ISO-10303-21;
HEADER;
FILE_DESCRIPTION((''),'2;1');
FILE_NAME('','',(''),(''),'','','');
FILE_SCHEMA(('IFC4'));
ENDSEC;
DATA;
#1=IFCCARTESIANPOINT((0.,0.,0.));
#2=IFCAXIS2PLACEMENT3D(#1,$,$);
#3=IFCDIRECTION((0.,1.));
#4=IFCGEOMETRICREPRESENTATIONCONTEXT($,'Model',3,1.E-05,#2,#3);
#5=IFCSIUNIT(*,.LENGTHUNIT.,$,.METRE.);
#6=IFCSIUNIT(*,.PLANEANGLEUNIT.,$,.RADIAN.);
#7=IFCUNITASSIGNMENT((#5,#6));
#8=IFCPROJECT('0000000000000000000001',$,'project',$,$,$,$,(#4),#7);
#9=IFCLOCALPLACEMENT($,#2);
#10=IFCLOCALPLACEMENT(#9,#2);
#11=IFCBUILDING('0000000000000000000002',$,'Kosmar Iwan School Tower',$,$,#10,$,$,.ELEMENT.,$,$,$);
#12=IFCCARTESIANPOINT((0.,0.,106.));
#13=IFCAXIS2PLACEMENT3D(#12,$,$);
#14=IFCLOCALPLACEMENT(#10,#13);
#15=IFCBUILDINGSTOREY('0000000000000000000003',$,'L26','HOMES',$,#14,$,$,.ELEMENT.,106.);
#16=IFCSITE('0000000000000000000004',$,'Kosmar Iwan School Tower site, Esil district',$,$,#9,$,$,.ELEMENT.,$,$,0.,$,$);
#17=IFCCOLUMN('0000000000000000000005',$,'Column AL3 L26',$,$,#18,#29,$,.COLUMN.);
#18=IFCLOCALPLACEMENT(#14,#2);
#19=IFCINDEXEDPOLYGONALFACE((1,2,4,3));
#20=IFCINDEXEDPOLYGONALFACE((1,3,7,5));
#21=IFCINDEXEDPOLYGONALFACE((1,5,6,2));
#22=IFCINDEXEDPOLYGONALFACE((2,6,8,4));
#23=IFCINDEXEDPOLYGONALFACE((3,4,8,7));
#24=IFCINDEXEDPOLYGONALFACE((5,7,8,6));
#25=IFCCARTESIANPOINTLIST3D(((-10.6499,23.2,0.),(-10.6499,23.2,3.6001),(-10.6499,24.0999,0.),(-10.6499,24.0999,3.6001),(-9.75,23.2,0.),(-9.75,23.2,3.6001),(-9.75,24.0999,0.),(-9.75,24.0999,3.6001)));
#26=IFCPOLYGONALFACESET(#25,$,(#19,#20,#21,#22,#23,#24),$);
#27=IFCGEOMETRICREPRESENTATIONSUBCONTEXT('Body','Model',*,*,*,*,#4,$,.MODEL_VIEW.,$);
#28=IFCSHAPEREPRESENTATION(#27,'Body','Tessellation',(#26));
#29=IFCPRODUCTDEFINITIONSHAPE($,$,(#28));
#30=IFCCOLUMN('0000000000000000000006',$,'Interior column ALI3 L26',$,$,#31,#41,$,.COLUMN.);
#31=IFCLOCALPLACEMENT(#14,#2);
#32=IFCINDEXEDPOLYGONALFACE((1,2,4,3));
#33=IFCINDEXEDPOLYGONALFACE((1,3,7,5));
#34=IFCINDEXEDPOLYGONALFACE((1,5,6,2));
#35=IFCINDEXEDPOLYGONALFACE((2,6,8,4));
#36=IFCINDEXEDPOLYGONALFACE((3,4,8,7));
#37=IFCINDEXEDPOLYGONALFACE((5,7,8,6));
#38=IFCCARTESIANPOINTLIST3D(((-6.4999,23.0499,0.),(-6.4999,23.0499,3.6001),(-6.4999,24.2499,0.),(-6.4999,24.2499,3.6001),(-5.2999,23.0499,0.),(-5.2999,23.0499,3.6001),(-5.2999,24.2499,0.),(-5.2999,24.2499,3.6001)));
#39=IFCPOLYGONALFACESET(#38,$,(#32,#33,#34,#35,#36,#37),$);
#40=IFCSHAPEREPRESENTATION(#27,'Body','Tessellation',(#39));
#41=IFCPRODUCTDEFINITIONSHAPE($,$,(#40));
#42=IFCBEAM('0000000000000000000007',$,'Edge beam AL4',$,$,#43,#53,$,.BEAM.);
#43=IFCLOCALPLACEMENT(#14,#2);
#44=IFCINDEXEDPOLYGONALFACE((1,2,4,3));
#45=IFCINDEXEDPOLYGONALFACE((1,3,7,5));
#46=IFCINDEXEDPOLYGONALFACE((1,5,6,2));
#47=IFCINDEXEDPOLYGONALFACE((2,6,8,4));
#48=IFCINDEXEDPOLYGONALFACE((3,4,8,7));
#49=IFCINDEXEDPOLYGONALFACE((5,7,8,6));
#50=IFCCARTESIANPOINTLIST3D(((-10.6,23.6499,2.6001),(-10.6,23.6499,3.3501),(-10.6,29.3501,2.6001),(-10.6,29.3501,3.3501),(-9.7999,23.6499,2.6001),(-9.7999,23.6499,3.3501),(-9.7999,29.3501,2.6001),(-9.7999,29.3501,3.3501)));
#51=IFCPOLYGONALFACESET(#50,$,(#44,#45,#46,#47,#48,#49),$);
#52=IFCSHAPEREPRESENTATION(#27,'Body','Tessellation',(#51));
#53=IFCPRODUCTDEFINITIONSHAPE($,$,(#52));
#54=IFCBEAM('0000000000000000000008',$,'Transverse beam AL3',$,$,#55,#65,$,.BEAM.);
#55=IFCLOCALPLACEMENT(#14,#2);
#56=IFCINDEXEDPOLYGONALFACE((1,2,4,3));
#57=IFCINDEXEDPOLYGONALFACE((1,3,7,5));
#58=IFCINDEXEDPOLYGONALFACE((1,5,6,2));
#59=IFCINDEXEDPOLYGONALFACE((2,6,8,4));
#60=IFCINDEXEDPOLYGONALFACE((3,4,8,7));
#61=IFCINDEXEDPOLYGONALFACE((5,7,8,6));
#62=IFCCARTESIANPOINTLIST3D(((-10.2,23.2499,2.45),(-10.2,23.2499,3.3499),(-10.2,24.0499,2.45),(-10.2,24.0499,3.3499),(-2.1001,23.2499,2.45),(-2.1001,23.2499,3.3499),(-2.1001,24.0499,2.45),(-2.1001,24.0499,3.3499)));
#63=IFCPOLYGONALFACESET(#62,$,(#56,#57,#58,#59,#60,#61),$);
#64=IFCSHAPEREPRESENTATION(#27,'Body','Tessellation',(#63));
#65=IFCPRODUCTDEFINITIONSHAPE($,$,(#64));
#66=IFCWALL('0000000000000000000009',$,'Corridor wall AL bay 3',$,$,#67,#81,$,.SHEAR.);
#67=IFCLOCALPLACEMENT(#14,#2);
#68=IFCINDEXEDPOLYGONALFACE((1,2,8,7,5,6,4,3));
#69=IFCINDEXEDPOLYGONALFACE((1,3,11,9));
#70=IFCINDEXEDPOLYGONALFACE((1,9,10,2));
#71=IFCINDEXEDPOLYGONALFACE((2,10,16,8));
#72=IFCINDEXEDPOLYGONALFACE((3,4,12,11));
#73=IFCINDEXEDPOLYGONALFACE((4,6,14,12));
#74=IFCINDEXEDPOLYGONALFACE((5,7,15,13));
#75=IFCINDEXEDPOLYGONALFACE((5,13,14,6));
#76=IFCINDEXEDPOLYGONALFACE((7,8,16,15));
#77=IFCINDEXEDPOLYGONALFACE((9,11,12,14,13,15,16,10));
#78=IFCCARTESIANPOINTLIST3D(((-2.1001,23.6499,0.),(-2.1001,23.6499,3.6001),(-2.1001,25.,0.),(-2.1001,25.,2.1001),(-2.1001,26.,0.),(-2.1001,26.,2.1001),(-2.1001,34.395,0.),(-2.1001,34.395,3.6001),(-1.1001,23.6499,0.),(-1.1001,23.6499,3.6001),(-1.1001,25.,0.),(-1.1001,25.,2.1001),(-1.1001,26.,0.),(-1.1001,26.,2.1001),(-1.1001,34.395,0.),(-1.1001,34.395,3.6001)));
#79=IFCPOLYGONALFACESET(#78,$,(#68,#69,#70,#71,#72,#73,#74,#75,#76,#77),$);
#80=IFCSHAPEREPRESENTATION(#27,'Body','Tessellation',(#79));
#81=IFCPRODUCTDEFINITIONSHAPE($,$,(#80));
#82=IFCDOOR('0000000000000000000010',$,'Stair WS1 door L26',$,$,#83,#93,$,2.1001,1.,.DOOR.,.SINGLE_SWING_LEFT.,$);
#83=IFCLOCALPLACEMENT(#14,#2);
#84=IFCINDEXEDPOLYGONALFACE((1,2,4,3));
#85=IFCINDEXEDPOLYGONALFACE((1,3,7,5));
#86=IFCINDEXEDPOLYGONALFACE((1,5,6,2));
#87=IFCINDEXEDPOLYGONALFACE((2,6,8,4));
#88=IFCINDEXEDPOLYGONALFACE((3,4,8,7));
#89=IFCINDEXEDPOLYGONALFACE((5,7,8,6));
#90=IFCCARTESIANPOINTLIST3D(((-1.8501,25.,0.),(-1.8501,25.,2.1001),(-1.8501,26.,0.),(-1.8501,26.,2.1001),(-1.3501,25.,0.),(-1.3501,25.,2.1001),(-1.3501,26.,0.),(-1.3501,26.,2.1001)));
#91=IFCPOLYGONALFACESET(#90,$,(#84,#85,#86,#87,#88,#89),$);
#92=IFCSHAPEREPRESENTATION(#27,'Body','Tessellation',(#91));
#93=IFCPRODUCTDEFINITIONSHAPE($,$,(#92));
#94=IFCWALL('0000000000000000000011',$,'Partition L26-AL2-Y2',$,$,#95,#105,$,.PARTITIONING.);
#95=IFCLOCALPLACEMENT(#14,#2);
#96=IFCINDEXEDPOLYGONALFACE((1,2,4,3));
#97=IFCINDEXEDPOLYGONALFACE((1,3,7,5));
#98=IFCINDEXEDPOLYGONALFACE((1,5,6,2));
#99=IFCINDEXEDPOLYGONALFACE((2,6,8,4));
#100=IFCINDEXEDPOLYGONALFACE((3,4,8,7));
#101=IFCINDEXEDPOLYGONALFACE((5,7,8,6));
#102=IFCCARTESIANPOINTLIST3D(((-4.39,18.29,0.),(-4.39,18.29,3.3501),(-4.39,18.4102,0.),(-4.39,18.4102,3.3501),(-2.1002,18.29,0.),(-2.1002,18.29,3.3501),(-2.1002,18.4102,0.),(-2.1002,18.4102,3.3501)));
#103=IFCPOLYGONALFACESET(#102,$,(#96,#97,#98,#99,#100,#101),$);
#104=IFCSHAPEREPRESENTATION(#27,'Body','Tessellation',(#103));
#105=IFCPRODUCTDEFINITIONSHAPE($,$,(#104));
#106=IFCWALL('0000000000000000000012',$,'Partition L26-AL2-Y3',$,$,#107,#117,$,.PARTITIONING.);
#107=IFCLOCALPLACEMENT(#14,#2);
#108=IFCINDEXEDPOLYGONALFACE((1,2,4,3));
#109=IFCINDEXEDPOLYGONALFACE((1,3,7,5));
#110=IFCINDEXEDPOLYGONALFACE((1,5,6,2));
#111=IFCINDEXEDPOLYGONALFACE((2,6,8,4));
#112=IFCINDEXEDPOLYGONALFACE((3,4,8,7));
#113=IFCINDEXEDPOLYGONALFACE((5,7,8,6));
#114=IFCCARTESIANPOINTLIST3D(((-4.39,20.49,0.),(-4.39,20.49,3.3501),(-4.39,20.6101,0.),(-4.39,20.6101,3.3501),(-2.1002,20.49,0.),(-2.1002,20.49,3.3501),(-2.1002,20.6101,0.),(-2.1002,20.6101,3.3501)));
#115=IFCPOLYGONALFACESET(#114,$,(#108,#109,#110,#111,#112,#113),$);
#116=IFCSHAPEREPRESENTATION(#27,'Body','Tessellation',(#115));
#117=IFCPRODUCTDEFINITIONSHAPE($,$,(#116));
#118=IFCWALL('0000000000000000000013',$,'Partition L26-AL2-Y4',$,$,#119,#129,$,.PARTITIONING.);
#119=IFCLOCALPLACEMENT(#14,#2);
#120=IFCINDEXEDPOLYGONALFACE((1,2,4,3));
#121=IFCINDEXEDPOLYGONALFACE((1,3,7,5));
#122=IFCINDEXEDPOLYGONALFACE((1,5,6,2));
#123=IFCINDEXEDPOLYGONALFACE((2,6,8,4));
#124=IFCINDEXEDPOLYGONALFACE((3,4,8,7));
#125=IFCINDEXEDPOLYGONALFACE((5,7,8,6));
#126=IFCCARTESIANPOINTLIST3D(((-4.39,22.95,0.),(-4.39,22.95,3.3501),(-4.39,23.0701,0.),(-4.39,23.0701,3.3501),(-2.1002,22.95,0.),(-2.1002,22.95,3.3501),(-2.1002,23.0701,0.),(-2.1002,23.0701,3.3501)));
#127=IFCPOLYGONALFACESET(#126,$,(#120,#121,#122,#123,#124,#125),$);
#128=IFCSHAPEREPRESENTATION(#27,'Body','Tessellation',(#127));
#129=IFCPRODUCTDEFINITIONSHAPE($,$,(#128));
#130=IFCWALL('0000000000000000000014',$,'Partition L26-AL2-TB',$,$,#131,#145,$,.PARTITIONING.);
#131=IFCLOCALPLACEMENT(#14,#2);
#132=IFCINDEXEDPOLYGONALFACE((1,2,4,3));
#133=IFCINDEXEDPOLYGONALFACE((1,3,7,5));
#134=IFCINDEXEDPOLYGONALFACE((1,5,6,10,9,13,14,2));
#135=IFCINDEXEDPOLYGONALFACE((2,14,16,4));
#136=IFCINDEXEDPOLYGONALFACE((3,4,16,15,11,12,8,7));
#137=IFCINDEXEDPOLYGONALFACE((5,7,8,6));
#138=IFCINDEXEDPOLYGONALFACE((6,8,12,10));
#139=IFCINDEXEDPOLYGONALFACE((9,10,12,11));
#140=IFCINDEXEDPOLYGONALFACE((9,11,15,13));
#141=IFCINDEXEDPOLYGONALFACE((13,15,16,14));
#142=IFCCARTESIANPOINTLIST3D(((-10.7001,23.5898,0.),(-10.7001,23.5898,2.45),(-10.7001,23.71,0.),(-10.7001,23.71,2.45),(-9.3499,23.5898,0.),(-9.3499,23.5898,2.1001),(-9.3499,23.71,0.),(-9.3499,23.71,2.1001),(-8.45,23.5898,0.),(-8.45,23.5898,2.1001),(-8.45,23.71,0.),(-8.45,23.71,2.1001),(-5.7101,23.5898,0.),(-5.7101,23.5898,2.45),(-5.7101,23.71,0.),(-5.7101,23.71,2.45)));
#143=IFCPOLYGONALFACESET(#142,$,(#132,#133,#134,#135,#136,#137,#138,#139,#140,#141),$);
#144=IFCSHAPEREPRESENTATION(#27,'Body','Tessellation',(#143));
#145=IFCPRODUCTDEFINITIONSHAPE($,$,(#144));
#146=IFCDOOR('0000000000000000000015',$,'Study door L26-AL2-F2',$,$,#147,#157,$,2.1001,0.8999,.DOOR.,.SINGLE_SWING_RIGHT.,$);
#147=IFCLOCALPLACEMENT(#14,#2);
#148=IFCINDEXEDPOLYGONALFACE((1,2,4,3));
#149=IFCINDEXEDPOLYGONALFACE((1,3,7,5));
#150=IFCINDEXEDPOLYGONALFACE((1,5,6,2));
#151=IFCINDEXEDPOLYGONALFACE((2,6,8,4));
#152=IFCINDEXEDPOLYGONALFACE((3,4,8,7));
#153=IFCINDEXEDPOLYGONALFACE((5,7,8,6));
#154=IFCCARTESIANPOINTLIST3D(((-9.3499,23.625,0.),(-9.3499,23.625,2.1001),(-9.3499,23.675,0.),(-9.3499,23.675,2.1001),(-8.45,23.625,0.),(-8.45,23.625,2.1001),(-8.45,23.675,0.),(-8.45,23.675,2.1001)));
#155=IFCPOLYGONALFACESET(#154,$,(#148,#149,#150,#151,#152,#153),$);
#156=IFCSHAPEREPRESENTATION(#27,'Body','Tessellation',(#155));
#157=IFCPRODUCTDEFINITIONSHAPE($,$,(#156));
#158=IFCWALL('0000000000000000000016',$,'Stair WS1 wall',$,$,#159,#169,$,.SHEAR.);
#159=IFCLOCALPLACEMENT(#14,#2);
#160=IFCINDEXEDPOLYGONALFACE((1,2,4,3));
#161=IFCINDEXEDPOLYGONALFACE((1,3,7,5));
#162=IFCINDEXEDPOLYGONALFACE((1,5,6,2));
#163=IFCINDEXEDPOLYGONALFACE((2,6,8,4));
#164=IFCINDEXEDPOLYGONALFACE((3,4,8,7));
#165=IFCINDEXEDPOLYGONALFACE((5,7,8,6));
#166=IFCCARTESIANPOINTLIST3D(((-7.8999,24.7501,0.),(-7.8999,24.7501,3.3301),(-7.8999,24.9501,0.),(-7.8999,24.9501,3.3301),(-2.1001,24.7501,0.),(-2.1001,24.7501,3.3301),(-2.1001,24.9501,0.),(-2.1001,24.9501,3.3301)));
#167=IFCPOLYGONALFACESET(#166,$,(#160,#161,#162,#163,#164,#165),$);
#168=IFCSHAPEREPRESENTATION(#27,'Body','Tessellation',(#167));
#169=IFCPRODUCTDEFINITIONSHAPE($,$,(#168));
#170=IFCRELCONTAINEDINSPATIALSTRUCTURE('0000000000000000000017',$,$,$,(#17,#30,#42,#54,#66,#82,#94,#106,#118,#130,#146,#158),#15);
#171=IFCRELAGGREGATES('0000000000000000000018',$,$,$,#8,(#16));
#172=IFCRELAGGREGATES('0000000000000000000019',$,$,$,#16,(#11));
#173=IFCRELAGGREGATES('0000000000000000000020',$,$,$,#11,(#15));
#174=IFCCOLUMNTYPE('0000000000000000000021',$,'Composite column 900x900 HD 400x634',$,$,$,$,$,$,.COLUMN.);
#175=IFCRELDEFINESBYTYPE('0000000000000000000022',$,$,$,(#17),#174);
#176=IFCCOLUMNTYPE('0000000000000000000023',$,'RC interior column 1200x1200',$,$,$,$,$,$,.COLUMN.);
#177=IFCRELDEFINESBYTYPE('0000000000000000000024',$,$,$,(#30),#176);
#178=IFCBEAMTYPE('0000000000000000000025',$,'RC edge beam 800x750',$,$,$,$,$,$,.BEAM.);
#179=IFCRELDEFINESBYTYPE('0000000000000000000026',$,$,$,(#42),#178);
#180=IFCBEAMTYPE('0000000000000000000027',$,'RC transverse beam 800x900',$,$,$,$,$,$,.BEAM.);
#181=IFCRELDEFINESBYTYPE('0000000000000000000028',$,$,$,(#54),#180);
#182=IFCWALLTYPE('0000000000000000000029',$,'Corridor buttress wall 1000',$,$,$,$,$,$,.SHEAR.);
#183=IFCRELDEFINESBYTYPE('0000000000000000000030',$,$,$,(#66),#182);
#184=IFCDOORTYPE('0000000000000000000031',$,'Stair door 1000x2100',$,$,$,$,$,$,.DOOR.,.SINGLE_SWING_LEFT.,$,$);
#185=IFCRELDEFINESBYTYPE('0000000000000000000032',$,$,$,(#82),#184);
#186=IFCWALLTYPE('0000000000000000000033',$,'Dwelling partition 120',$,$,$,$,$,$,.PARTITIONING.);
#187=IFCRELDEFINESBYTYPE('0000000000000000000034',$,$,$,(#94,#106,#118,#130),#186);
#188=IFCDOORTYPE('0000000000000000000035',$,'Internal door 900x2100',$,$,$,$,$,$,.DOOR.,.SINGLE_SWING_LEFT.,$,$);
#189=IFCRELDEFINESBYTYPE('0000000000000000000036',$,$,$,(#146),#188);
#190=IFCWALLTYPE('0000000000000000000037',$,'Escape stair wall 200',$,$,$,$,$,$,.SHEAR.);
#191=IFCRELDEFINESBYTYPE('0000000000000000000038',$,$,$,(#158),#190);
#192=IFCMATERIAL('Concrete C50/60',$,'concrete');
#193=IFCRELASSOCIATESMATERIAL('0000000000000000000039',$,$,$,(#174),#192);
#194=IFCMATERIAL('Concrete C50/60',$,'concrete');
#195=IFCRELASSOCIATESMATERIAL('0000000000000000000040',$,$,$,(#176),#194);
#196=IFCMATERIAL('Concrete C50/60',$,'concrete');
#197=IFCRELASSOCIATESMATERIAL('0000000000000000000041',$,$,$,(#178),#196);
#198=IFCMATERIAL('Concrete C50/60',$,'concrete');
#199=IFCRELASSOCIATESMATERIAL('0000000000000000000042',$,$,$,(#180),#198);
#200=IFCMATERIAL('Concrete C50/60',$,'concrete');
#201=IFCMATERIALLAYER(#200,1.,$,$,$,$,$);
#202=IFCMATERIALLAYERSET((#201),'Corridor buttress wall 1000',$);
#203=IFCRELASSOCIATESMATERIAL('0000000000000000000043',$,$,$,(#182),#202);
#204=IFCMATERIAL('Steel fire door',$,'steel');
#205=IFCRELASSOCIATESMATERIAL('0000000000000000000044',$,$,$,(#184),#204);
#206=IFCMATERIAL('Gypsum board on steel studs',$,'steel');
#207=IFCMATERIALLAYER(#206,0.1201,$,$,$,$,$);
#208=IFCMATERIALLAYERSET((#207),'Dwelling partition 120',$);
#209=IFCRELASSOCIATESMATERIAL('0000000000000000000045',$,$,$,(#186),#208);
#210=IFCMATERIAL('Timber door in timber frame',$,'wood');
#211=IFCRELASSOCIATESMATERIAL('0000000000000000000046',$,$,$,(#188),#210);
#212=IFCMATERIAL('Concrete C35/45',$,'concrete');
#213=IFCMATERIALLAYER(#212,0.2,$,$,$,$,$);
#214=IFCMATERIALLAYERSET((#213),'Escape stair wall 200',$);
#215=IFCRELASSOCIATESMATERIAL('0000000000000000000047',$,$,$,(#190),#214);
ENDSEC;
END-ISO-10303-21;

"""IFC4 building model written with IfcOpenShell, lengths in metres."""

from ifc_helpers import new_model, si_unit, direction, frame, frame_2d, origin, origin_2d, place, context, subcontext, project, spatial, rectangle, extrude, material, layer, layer_set, material_profile, profile_set, type_object, element, fill, save


model = new_model("IFC4")

# Units and contexts
model_context = context("Model", 3, precision=1e-05, world=origin(), true_north=direction((0.0, 1.0)))
body_context = subcontext(model_context, "Body", "Model", "MODEL_VIEW")
ifc_project = project(units=[si_unit("LENGTHUNIT", "METRE"), si_unit("PLANEANGLEUNIT", "RADIAN")], contexts=[model_context])

# Site, building, storey
site_placement = place(None, origin())
site = spatial("IfcSite", under=ifc_project, at=site_placement, Name="Kosmar Iwan School Tower site, Esil district", CompositionType="ELEMENT", RefElevation=0.0)
building_placement = place(site_placement, origin())
building = spatial("IfcBuilding", under=site, at=building_placement, Name="Kosmar Iwan School Tower", CompositionType="ELEMENT")
storey_placement = place(building_placement, frame((0.0, 0.0, 106.0)))
storey = spatial("IfcBuildingStorey", under=building, at=storey_placement, Name="L26", Description="HOMES", CompositionType="ELEMENT", Elevation=106.0)

# Columns
ifc_material_1 = material(Name="Concrete C50/60", Category="concrete")
ifc_material_profile_1 = material_profile(ifc_material_1, rectangle(XDim=0.8999, YDim=0.8999, at=origin_2d()), Name="RC 900x900 + HD 400x634")
ifc_profile_set_1 = profile_set([ifc_material_profile_1], Name="Concrete C50/60")
column_type_1 = type_object("IfcColumnType", Name="Composite column 900x900 HD 400x634", PredefinedType="COLUMN", material=ifc_profile_set_1)
column_1_placement = place(storey_placement, frame((-10.2, 23.6499, 0.0), z_axis=(0.0, 0.0, 1.0), x_axis=(0.0, 1.0, 0.0)))
element("IfcColumn", 1, at=column_1_placement, inside=storey, type_object=column_type_1, Name="Column AL3 L26", PredefinedType="COLUMN", context=body_context, shape_type="SweptSolid", body=[
    extrude(rectangle(XDim=0.8999, YDim=0.8999, at=origin_2d()), origin(), (0.0, 0.0, 1.0), 3.6001),
])
ifc_material_2 = material(Name="Concrete C50/60", Category="concrete")
ifc_material_profile_2 = material_profile(ifc_material_2, rectangle(XDim=1.2, YDim=1.2, at=origin_2d()), Name="RC 1200x1200")
ifc_profile_set_2 = profile_set([ifc_material_profile_2], Name="Concrete C50/60")
column_type_2 = type_object("IfcColumnType", Name="RC interior column 1200x1200", PredefinedType="COLUMN", material=ifc_profile_set_2)
column_2_placement = place(storey_placement, frame((-5.8999, 23.6499, 0.0), z_axis=(0.0, 0.0, 1.0), x_axis=(0.0, 1.0, 0.0)))
element("IfcColumn", 2, at=column_2_placement, inside=storey, type_object=column_type_2, Name="Interior column ALI3 L26", PredefinedType="COLUMN", context=body_context, shape_type="SweptSolid", body=[
    extrude(rectangle(XDim=1.2, YDim=1.2, at=origin_2d()), origin(), (0.0, 0.0, 1.0), 3.6001),
])

# Beams
ifc_material_3 = material(Name="Concrete C50/60", Category="concrete")
ifc_material_profile_3 = material_profile(ifc_material_3, rectangle(XDim=0.8, YDim=0.75, at=origin_2d()), Name="RC 800x750")
ifc_profile_set_3 = profile_set([ifc_material_profile_3], Name="Concrete C50/60")
beam_type_1 = type_object("IfcBeamType", Name="RC edge beam 800x750", PredefinedType="BEAM", material=ifc_profile_set_3)
beam_1_placement = place(storey_placement, frame((-10.2, 23.6499, 2.9751), z_axis=(0.0, 1.0, 0.0), x_axis=(-1.0, 0.0, 0.0)))
element("IfcBeam", 3, at=beam_1_placement, inside=storey, type_object=beam_type_1, Name="Edge beam AL4", PredefinedType="BEAM", context=body_context, shape_type="SweptSolid", body=[
    extrude(rectangle(XDim=0.8, YDim=0.75, at=origin_2d()), origin(), (0.0, 0.0, 1.0), 5.7002),
])
ifc_material_4 = material(Name="Concrete C50/60", Category="concrete")
ifc_material_profile_4 = material_profile(ifc_material_4, rectangle(XDim=0.8, YDim=0.8999, at=origin_2d()), Name="RC 800x900")
ifc_profile_set_4 = profile_set([ifc_material_profile_4], Name="Concrete C50/60")
beam_type_2 = type_object("IfcBeamType", Name="RC transverse beam 800x900", PredefinedType="BEAM", material=ifc_profile_set_4)
beam_2_placement = place(storey_placement, frame((-10.2, 23.6499, 2.8999), z_axis=(1.0, 0.0, 0.0), x_axis=(0.0, 1.0, 0.0)))
element("IfcBeam", 4, at=beam_2_placement, inside=storey, type_object=beam_type_2, Name="Transverse beam AL3", PredefinedType="BEAM", context=body_context, shape_type="SweptSolid", body=[
    extrude(rectangle(XDim=0.8, YDim=0.8999, at=origin_2d()), origin(), (0.0, 0.0, 1.0), 8.0999),
])

# Wall, opening, door
ifc_material_5 = material(Name="Concrete C50/60", Category="concrete")
ifc_layer_1 = layer(ifc_material_5, 1.0)
ifc_layer_set_1 = layer_set([ifc_layer_1], Name="Corridor buttress wall 1000")
wall_type_1 = type_object("IfcWallType", Name="Corridor buttress wall 1000", PredefinedType="SHEAR", material=ifc_layer_set_1)
wall_1_placement = place(storey_placement, frame((-1.6001, 23.6499, 0.0), z_axis=(0.0, 0.0, 1.0), x_axis=(0.0, 1.0, 0.0)))
wall_1 = element("IfcWall", 5, at=wall_1_placement, inside=storey, type_object=wall_type_1, Name="Corridor wall AL bay 3", PredefinedType="SHEAR", context=body_context, shape_type="SweptSolid", body=[
    extrude(rectangle(XDim=10.7451, YDim=1.0, at=frame_2d((5.3726, 0.0))), origin(), (0.0, 0.0, 1.0), 3.6001),
])
opening_1_placement = place(wall_1_placement, frame((1.3501, 0.0, 0.0)))
opening_1 = element("IfcOpeningElement", 6, at=opening_1_placement, cuts=wall_1, PredefinedType="OPENING", context=body_context, shape_type="SweptSolid", body=[
    extrude(rectangle(XDim=1.0, YDim=2.1001, at=frame_2d((0.5, 1.05))), frame((0.0, 0.512, 0.0), z_axis=(0.0, -1.0, 0.0), x_axis=(1.0, 0.0, 0.0)), (0.0, 0.0, 1.0), 1.0239),
])
ifc_material_6 = material(Name="Steel fire door", Category="steel")
door_type_1 = type_object("IfcDoorType", Name="Stair door 1000x2100", OperationType="SINGLE_SWING_LEFT", PredefinedType="DOOR", material=ifc_material_6)
door_1_placement = place(opening_1_placement, origin())
door_1 = element("IfcDoor", 7, at=door_1_placement, inside=storey, type_object=door_type_1, Name="Stair WS1 door L26", OperationType="SINGLE_SWING_LEFT", OverallHeight=2.1001, OverallWidth=1.0, PredefinedType="DOOR", context=body_context, shape_type="SweptSolid", body=[
    extrude(rectangle(XDim=1.0, YDim=2.1001, at=frame_2d((0.5, 1.05))), frame((0.0, 0.25, 0.0), z_axis=(0.0, -1.0, 0.0), x_axis=(1.0, 0.0, 0.0)), (0.0, 0.0, 1.0), 0.5),
])
fill(opening_1, door_1)

# Walls
ifc_material_7 = material(Name="Gypsum board on steel studs", Category="steel")
ifc_layer_2 = layer(ifc_material_7, 0.1201)
ifc_layer_set_2 = layer_set([ifc_layer_2], Name="Dwelling partition 120")
wall_type_2 = type_object("IfcWallType", Name="Dwelling partition 120", PredefinedType="PARTITIONING", material=ifc_layer_set_2)
for number, where, z_axis, x_axis, name in (
    (8, (-2.1001, 18.3501, 0.0), (0.0, 0.0, 1.0), (-1.0, 0.0, 0.0), "Partition L26-AL2-Y2"),
    (9, (-2.1001, 20.55, 0.0), (0.0, 0.0, 1.0), (-1.0, 0.0, 0.0), "Partition L26-AL2-Y3"),
    (10, (-2.1001, 23.01, 0.0), (0.0, 0.0, 1.0), (-1.0, 0.0, 0.0), "Partition L26-AL2-Y4"),
):
    element("IfcWall", number, at=place(storey_placement, frame(where, z_axis=z_axis, x_axis=x_axis)), inside=storey, type_object=wall_type_2, Name=name, PredefinedType="PARTITIONING", context=body_context, shape_type="SweptSolid", body=[
        extrude(rectangle(XDim=2.2898, YDim=0.1201, at=frame_2d((1.145, 0.0))), origin(), (0.0, 0.0, 1.0), 3.3501),
    ])

# Wall, opening, door
wall_2_placement = place(storey_placement, frame((-5.71, 23.6499, 0.0), z_axis=(0.0, 0.0, 1.0), x_axis=(-1.0, 0.0, 0.0)))
wall_2 = element("IfcWall", 11, at=wall_2_placement, inside=storey, type_object=wall_type_2, Name="Partition L26-AL2-TB", PredefinedType="PARTITIONING", context=body_context, shape_type="SweptSolid", body=[
    extrude(rectangle(XDim=4.99, YDim=0.1201, at=frame_2d((2.4951, 0.0))), origin(), (0.0, 0.0, 1.0), 2.45),
])
opening_2_placement = place(wall_2_placement, frame((2.74, 0.0, 0.0)))
opening_2 = element("IfcOpeningElement", 12, at=opening_2_placement, cuts=wall_2, PredefinedType="OPENING", context=body_context, shape_type="SweptSolid", body=[
    extrude(rectangle(XDim=0.8999, YDim=2.1001, at=frame_2d((0.45, 1.05))), frame((0.0, 0.072, 0.0), z_axis=(0.0, -1.0, 0.0), x_axis=(1.0, 0.0, 0.0)), (0.0, 0.0, 1.0), 0.144),
])
ifc_material_8 = material(Name="Timber door in timber frame", Category="wood")
door_type_2 = type_object("IfcDoorType", Name="Internal door 900x2100", OperationType="SINGLE_SWING_LEFT", PredefinedType="DOOR", material=ifc_material_8)
door_2_placement = place(opening_2_placement, origin())
door_2 = element("IfcDoor", 13, at=door_2_placement, inside=storey, type_object=door_type_2, Name="Study door L26-AL2-F2", OperationType="SINGLE_SWING_RIGHT", OverallHeight=2.1001, OverallWidth=0.8999, PredefinedType="DOOR", context=body_context, shape_type="SweptSolid", body=[
    extrude(rectangle(XDim=0.8999, YDim=2.1001, at=frame_2d((0.45, 1.05))), frame((0.0, 0.0249, 0.0), z_axis=(0.0, -1.0, 0.0), x_axis=(1.0, 0.0, 0.0)), (0.0, 0.0, 1.0), 0.05),
])
fill(opening_2, door_2)

# Wall
ifc_material_9 = material(Name="Concrete C35/45", Category="concrete")
ifc_layer_3 = layer(ifc_material_9, 0.2)
ifc_layer_set_3 = layer_set([ifc_layer_3], Name="Escape stair wall 200")
wall_type_3 = type_object("IfcWallType", Name="Escape stair wall 200", PredefinedType="SHEAR", material=ifc_layer_set_3)
wall_3_placement = place(storey_placement, frame((-2.1001, 24.8501, 0.0), z_axis=(0.0, 0.0, 1.0), x_axis=(-1.0, 0.0, 0.0)))
element("IfcWall", 14, at=wall_3_placement, inside=storey, type_object=wall_type_3, Name="Stair WS1 wall", PredefinedType="SHEAR", context=body_context, shape_type="SweptSolid", body=[
    extrude(rectangle(XDim=5.7998, YDim=0.2, at=frame_2d((2.8999, 0.0))), origin(), (0.0, 0.0, 1.0), 3.3301),
])

save(model, "model.ifc")
